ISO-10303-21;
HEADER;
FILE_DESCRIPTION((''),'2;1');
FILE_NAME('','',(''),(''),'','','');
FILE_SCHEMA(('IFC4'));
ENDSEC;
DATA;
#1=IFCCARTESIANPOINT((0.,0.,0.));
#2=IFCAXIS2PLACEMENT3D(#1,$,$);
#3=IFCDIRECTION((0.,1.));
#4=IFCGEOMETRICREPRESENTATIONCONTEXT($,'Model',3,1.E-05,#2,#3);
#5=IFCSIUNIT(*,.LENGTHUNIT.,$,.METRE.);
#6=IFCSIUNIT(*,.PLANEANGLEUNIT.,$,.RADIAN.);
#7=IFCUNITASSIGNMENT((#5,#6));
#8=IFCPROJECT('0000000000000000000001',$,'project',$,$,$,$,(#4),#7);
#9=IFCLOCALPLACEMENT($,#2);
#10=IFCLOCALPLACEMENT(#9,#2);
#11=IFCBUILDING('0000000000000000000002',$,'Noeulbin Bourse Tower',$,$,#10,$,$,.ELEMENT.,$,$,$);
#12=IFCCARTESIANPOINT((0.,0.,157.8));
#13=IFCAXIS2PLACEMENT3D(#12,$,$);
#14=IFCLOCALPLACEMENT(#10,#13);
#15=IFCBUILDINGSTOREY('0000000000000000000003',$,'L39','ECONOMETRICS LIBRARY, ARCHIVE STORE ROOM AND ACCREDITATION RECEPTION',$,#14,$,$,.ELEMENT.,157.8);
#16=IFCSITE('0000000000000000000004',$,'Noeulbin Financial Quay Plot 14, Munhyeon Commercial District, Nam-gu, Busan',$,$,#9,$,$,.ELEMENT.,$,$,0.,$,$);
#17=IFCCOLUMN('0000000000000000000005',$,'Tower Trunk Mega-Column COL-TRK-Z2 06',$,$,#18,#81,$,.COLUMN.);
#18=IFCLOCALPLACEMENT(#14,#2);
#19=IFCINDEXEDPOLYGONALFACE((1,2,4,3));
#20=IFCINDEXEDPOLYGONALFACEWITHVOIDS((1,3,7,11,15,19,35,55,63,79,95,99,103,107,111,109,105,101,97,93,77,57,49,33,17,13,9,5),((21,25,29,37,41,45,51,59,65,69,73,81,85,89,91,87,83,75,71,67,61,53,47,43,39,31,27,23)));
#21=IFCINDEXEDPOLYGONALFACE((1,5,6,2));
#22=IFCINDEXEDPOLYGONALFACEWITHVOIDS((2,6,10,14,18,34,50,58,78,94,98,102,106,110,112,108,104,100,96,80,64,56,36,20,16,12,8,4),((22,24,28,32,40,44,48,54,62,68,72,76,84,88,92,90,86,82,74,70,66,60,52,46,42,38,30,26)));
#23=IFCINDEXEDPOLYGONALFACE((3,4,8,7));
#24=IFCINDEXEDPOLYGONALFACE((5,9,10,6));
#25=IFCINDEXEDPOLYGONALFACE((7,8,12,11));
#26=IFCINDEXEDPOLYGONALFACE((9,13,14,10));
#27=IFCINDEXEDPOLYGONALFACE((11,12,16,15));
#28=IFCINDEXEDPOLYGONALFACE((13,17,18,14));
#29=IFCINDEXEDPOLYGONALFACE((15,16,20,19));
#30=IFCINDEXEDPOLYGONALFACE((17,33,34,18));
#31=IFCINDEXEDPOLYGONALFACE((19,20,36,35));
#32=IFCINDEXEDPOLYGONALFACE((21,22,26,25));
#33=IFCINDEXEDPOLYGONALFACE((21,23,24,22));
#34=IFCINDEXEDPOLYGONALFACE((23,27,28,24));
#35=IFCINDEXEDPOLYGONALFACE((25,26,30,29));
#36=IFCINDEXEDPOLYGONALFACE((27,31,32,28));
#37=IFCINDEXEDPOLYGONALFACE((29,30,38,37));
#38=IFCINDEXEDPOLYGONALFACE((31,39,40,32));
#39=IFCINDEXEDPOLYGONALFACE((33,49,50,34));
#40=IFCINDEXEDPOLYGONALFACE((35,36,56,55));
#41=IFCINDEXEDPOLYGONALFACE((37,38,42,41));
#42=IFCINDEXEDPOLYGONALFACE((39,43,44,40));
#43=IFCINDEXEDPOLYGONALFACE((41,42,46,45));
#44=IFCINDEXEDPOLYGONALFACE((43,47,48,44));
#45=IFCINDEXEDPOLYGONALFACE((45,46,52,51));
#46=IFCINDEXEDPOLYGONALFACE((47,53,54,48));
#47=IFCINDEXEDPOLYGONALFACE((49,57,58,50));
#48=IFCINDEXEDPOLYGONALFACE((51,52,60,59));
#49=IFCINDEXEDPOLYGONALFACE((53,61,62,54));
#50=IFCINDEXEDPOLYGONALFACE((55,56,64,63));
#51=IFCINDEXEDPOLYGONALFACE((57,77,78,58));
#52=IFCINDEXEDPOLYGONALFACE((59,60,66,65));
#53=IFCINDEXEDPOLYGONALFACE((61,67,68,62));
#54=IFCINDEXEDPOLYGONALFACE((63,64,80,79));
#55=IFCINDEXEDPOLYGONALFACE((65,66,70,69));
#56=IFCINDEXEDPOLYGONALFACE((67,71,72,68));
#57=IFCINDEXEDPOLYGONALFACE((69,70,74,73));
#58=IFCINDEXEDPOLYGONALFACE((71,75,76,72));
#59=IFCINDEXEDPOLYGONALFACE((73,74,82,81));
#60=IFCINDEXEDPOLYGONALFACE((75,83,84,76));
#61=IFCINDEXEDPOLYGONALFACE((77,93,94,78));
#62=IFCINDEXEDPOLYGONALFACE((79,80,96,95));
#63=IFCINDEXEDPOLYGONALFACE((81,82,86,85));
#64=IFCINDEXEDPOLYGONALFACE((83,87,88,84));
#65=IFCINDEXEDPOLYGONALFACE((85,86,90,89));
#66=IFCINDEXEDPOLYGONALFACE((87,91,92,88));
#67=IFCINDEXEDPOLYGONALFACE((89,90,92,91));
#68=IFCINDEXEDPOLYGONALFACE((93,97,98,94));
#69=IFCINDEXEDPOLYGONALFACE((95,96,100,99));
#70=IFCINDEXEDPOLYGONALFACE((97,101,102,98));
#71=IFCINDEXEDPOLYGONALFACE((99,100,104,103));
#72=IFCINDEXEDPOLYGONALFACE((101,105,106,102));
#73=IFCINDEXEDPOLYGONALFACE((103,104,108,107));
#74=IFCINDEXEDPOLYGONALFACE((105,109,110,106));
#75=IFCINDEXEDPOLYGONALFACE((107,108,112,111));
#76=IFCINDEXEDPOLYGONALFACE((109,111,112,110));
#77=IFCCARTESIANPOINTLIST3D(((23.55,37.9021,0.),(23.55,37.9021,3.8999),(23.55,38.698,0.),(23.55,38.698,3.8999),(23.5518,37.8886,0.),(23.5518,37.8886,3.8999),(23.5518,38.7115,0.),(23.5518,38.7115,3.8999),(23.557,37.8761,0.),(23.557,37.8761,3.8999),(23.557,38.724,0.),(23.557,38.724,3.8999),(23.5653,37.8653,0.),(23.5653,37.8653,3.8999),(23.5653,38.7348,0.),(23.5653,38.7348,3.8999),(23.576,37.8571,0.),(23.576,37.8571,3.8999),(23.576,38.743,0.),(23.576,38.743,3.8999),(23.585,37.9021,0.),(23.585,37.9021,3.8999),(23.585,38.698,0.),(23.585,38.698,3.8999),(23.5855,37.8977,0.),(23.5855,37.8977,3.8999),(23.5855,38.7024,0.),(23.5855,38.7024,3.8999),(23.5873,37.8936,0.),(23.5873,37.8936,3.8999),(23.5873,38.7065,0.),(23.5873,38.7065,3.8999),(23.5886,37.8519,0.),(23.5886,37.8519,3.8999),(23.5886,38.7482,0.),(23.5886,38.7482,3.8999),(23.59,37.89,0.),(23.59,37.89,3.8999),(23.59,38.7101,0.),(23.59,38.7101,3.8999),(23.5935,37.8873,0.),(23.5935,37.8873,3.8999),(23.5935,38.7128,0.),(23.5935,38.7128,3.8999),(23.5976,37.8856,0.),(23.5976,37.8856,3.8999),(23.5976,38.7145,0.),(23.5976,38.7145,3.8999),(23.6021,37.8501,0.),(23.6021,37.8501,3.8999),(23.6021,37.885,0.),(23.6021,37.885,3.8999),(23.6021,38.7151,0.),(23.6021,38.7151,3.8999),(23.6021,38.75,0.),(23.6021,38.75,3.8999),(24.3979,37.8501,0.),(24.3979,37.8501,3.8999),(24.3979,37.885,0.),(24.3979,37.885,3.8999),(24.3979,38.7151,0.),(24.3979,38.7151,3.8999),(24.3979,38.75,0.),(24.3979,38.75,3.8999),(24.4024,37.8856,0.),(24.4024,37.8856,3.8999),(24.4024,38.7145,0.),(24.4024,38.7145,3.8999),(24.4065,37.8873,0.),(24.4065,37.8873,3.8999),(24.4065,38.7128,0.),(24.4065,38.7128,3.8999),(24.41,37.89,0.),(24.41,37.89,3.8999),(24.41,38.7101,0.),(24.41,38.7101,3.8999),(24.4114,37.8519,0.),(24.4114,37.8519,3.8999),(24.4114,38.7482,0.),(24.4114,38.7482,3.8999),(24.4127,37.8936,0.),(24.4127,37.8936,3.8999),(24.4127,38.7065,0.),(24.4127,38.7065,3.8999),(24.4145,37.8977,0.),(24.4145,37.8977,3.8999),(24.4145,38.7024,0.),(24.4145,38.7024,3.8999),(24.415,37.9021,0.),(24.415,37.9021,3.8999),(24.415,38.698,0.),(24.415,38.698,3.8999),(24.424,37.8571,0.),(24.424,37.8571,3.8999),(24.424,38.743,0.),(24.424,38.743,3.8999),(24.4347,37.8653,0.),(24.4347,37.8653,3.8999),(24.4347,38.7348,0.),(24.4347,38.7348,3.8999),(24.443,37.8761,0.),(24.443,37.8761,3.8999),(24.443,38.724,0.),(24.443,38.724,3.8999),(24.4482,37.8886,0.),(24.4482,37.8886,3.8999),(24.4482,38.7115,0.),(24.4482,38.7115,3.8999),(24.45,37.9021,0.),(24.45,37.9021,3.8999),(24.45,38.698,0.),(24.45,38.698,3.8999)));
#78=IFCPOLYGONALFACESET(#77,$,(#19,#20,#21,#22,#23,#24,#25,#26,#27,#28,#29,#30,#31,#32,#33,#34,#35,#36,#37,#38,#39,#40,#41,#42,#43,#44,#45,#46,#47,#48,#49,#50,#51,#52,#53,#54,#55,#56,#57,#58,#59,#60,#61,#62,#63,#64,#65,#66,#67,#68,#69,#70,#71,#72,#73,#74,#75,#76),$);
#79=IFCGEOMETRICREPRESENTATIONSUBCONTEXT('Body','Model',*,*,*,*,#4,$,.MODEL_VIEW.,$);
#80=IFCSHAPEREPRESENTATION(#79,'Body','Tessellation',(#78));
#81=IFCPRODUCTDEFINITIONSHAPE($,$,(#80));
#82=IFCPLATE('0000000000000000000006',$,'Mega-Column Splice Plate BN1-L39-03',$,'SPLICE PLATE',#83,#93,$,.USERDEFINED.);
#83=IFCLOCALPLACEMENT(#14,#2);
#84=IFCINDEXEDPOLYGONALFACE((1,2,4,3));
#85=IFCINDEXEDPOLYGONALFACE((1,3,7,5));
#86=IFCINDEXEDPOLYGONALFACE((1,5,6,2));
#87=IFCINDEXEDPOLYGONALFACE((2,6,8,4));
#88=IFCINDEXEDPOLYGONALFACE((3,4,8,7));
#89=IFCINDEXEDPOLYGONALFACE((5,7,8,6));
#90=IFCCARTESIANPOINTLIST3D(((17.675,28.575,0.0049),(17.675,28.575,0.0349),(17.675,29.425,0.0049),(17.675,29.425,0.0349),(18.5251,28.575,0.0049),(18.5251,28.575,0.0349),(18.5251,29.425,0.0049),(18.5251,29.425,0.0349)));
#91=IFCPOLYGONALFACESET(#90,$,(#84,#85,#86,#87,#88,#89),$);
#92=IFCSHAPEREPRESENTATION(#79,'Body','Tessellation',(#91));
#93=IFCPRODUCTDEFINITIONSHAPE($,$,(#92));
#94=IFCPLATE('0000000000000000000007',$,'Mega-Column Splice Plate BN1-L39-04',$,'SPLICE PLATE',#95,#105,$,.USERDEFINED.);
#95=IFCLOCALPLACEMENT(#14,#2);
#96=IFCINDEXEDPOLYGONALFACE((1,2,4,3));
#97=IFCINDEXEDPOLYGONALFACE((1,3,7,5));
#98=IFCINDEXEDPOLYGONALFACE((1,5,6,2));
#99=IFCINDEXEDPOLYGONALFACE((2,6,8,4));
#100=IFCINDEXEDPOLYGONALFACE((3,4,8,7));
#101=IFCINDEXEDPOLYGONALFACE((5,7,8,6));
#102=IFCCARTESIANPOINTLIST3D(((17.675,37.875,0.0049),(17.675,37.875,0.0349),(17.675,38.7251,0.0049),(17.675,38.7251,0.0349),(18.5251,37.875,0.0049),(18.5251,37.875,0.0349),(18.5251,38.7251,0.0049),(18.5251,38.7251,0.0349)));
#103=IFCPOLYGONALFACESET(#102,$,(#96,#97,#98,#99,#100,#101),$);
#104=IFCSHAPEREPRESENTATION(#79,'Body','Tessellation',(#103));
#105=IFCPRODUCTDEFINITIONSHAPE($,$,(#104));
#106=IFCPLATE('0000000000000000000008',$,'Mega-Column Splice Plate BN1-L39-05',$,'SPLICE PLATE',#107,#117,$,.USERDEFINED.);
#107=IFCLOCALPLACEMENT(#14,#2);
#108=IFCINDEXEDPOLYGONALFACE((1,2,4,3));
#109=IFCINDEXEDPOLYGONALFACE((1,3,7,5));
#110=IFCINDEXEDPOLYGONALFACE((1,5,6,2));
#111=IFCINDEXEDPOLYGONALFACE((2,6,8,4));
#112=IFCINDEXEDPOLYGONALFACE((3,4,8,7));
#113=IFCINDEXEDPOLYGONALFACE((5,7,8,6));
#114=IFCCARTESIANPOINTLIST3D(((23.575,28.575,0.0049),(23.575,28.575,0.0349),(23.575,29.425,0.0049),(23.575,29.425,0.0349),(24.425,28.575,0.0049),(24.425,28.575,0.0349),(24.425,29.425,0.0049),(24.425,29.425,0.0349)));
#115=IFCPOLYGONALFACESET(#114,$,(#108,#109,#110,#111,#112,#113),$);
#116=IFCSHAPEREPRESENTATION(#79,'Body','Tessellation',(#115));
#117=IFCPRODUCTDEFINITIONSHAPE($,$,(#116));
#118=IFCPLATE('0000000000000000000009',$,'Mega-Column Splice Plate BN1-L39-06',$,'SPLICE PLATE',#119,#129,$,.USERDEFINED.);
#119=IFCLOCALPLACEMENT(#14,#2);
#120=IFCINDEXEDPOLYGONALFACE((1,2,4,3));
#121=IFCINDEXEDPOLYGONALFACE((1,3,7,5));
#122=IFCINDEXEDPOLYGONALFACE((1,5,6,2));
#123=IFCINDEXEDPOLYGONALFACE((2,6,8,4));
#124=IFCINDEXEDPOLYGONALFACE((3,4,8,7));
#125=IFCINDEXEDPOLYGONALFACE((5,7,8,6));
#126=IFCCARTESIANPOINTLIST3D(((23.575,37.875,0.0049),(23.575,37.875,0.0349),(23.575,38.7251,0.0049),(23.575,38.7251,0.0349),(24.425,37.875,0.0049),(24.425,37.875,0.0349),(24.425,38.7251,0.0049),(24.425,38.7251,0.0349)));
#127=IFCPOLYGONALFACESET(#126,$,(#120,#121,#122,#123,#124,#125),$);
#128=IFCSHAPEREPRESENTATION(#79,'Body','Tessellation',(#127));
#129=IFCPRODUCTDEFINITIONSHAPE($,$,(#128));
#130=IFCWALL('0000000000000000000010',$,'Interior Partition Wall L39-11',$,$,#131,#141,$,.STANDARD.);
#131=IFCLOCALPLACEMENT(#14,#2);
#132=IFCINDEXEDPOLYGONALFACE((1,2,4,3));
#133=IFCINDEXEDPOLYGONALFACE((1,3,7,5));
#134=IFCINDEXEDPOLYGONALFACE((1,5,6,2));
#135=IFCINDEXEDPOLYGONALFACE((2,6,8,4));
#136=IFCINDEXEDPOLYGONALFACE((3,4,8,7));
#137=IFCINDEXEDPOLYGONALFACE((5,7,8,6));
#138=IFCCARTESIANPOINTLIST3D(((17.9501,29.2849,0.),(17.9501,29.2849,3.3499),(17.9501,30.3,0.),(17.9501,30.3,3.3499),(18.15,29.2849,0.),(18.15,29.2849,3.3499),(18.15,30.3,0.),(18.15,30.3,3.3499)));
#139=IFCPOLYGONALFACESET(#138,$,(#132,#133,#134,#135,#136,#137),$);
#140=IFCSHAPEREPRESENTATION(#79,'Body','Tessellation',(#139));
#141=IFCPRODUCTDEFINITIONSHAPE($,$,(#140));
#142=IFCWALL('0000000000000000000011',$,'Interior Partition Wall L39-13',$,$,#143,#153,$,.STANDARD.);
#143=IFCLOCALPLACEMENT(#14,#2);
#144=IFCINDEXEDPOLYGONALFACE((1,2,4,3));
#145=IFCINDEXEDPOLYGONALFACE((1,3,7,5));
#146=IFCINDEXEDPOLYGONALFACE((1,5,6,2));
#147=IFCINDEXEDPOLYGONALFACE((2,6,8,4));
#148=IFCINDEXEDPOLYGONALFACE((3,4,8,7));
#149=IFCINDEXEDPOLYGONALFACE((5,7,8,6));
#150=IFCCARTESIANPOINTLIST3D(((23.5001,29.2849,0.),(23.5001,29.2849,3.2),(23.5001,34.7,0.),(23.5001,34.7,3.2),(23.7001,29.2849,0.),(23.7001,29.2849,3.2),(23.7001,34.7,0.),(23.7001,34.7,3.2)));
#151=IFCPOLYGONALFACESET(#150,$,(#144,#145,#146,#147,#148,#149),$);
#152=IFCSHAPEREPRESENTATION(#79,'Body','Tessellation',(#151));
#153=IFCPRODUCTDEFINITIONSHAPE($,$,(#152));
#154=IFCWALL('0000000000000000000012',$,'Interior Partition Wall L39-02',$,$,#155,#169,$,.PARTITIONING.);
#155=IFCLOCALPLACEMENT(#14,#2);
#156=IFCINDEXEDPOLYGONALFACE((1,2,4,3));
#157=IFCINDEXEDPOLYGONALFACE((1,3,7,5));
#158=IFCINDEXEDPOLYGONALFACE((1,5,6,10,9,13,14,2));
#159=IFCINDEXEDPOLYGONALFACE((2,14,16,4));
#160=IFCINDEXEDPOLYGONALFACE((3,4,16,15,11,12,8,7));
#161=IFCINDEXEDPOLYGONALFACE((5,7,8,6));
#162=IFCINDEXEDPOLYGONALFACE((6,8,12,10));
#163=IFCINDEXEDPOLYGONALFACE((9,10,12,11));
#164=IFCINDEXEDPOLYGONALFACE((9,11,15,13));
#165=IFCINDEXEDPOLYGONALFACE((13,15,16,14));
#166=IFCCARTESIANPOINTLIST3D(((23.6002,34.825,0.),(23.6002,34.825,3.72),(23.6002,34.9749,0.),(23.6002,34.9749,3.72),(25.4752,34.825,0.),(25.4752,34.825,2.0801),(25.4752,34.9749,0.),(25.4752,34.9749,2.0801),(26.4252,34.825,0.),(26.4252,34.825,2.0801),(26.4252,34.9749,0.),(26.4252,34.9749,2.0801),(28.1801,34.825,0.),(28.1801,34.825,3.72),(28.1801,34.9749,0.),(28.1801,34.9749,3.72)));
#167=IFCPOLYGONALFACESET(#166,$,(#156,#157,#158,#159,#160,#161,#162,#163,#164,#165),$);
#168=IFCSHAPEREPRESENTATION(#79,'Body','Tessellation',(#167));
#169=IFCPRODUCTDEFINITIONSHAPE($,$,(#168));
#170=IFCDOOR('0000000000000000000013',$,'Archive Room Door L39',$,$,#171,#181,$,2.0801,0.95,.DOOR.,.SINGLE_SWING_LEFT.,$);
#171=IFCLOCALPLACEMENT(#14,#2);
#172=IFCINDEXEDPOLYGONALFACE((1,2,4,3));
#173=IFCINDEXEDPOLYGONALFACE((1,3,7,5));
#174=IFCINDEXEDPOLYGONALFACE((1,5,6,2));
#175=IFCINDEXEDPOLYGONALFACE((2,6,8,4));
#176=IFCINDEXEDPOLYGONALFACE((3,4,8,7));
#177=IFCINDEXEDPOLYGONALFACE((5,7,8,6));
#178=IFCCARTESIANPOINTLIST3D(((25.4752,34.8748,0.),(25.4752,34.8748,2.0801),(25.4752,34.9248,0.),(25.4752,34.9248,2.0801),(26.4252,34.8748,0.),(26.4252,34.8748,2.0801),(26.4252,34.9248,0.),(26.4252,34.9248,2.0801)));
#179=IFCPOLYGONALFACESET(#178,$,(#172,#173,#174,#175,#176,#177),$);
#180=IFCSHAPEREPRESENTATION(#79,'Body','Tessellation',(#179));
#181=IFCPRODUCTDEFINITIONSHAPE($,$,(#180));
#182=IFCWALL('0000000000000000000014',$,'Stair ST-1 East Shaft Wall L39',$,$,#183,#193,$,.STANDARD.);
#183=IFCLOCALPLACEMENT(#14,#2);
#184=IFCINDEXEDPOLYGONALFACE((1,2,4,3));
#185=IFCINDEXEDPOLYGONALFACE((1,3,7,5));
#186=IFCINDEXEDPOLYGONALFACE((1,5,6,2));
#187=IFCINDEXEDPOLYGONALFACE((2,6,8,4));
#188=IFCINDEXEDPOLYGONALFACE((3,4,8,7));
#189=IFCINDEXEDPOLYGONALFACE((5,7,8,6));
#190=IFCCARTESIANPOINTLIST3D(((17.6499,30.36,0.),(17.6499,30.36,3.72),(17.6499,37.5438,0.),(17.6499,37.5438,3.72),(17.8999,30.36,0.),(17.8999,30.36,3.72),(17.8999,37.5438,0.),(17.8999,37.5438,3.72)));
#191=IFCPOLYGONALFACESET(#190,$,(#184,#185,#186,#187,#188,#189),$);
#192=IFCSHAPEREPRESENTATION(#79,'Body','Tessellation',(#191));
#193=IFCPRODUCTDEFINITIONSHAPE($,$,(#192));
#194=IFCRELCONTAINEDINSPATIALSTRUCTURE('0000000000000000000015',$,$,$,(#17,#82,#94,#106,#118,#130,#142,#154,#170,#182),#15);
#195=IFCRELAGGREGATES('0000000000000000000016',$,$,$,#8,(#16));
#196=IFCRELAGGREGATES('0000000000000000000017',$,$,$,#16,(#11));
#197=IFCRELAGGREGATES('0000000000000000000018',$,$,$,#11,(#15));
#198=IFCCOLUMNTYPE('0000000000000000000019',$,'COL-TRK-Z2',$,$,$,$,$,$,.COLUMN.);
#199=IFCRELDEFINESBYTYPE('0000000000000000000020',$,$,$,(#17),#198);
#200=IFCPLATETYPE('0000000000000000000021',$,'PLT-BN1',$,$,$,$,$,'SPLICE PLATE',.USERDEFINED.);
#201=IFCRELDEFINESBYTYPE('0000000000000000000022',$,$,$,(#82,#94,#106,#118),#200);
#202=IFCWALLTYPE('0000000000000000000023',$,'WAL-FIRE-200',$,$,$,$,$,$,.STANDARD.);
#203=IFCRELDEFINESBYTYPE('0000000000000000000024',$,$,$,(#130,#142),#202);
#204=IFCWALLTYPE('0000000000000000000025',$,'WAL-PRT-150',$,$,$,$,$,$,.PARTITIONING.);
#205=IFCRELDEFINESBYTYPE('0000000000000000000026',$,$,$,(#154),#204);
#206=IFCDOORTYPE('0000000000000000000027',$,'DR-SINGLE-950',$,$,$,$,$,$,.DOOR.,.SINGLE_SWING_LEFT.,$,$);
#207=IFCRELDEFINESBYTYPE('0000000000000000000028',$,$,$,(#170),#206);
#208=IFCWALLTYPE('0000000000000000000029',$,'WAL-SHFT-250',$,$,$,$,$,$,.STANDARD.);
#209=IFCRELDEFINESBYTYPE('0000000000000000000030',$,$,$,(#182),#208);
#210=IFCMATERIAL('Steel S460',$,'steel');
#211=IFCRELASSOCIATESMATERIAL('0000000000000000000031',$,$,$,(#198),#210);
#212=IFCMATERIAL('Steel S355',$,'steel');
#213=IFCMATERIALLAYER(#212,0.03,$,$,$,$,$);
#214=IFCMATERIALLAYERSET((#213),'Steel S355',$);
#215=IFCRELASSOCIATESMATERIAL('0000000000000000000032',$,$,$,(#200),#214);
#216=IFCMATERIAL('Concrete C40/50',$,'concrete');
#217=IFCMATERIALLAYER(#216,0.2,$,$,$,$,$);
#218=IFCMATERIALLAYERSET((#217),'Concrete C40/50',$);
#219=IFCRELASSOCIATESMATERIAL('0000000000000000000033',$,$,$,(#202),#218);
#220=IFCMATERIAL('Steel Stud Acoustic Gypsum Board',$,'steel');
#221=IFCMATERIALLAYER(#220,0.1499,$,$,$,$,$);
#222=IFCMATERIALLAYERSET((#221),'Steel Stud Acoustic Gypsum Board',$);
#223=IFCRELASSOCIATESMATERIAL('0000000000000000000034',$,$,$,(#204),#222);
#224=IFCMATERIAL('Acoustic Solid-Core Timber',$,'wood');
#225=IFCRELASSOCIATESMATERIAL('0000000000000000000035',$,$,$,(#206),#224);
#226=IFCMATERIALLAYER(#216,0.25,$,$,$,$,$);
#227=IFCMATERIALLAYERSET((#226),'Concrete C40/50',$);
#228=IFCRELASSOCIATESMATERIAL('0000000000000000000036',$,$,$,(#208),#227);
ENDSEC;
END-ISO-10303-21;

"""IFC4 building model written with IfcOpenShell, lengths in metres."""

from ifc_helpers import new_model, si_unit, direction, frame, frame_2d, origin, origin_2d, place, context, subcontext, project, spatial, rectangle, hollow_rectangle, extrude, material, layer, layer_set, material_profile, profile_set, type_object, element, fill, save


model = new_model("IFC4")

# Units and contexts
model_context = context("Model", 3, precision=1e-05, world=origin(), true_north=direction((0.0, 1.0)))
body_context = subcontext(model_context, "Body", "Model", "MODEL_VIEW")
ifc_project = project(units=[si_unit("LENGTHUNIT", "METRE"), si_unit("PLANEANGLEUNIT", "RADIAN")], contexts=[model_context])

# Site, building, storey
site_placement = place(None, origin())
site = spatial("IfcSite", under=ifc_project, at=site_placement, Name="Noeulbin Financial Quay Plot 14, Munhyeon Commercial District, Nam-gu, Busan", CompositionType="ELEMENT", RefElevation=0.0)
building_placement = place(site_placement, origin())
building = spatial("IfcBuilding", under=site, at=building_placement, Name="Noeulbin Bourse Tower", CompositionType="ELEMENT")
storey_placement = place(building_placement, frame((0.0, 0.0, 157.8)))
storey = spatial("IfcBuildingStorey", under=building, at=storey_placement, Name="L39", Description="ECONOMETRICS LIBRARY, ARCHIVE STORE ROOM AND ACCREDITATION RECEPTION", CompositionType="ELEMENT", Elevation=157.8)

# Column
ifc_material_1 = material(Name="Steel S460", Category="steel")
ifc_material_profile = material_profile(ifc_material_1, hollow_rectangle(XDim=0.8999, YDim=0.8999, WallThickness=0.0349, InnerFilletRadius=0.0171, OuterFilletRadius=0.052, at=origin_2d()), Name="BOX-900x900x35", Category="LoadBearing")
ifc_profile_set = profile_set([ifc_material_profile], Name="Steel S460")
column_type = type_object("IfcColumnType", Name="COL-TRK-Z2", PredefinedType="COLUMN", material=ifc_profile_set)
for number, where, z_axis, x_axis, name in (
    (1, (24.0, 38.3, 0.0), (0.0, 0.0, 1.0), (1.0, 0.0, 0.0), "Tower Trunk Mega-Column COL-TRK-Z2 06"),
):
    element("IfcColumn", number, at=place(storey_placement, frame(where, z_axis=z_axis, x_axis=x_axis)), inside=storey, type_object=column_type, Name=name, PredefinedType="COLUMN", context=body_context, shape_type="SweptSolid", body=[
        extrude(hollow_rectangle(XDim=0.8999, YDim=0.8999, WallThickness=0.0349, InnerFilletRadius=0.0171, OuterFilletRadius=0.052, at=origin_2d()), origin(), (0.0, 0.0, 1.0), 3.8999),
    ])

# Plates
ifc_material_2 = material(Name="Steel S355", Category="steel")
ifc_layer_1 = layer(ifc_material_2, 0.03)
ifc_layer_set_1 = layer_set([ifc_layer_1], Name="Steel S355")
plate_type = type_object("IfcPlateType", Name="PLT-BN1", ElementType="SPLICE PLATE", PredefinedType="USERDEFINED", material=ifc_layer_set_1)
for number, where, z_axis, x_axis, name in (
    (2, (18.1001, 29.0, 0.0049), (0.0, 0.0, 1.0), (1.0, 0.0, 0.0), "Mega-Column Splice Plate BN1-L39-03"),
    (3, (18.1001, 38.3, 0.0049), (0.0, 0.0, 1.0), (1.0, 0.0, 0.0), "Mega-Column Splice Plate BN1-L39-04"),
    (4, (24.0, 29.0, 0.0049), (0.0, 0.0, 1.0), (1.0, 0.0, 0.0), "Mega-Column Splice Plate BN1-L39-05"),
    (5, (24.0, 38.3, 0.0049), (0.0, 0.0, 1.0), (1.0, 0.0, 0.0), "Mega-Column Splice Plate BN1-L39-06"),
):
    element("IfcPlate", number, at=place(storey_placement, frame(where, z_axis=z_axis, x_axis=x_axis)), inside=storey, type_object=plate_type, Name=name, ObjectType="SPLICE PLATE", PredefinedType="USERDEFINED", context=body_context, shape_type="SweptSolid", body=[
        extrude(rectangle(XDim=0.8501, YDim=0.8501, at=origin_2d()), origin(), (0.0, 0.0, 1.0), 0.03),
    ])

# Walls
ifc_material_3 = material(Name="Concrete C40/50", Category="concrete")
ifc_layer_2 = layer(ifc_material_3, 0.2)
ifc_layer_set_2 = layer_set([ifc_layer_2], Name="Concrete C40/50")
wall_type_1 = type_object("IfcWallType", Name="WAL-FIRE-200", PredefinedType="STANDARD", material=ifc_layer_set_2)
wall_1_placement = place(storey_placement, frame((18.05, 29.2849, 0.0), z_axis=(0.0, 0.0, 1.0), x_axis=(0.0, 1.0, 0.0)))
element("IfcWall", 6, at=wall_1_placement, inside=storey, type_object=wall_type_1, Name="Interior Partition Wall L39-11", PredefinedType="STANDARD", context=body_context, shape_type="SweptSolid", body=[
    extrude(rectangle(XDim=1.0151, YDim=0.2, at=frame_2d((0.5076, 0.0))), origin(), (0.0, 0.0, 1.0), 3.3499),
])
wall_2_placement = place(storey_placement, frame((23.6001, 29.2849, 0.0), z_axis=(0.0, 0.0, 1.0), x_axis=(0.0, 1.0, 0.0)))
element("IfcWall", 7, at=wall_2_placement, inside=storey, type_object=wall_type_1, Name="Interior Partition Wall L39-13", PredefinedType="STANDARD", context=body_context, shape_type="SweptSolid", body=[
    extrude(rectangle(XDim=5.415, YDim=0.2, at=frame_2d((2.7075, 0.0))), origin(), (0.0, 0.0, 1.0), 3.2),
])

# Wall, opening, door
ifc_material_4 = material(Name="Steel Stud Acoustic Gypsum Board", Category="steel")
ifc_layer_3 = layer(ifc_material_4, 0.1499)
ifc_layer_set_3 = layer_set([ifc_layer_3], Name="Steel Stud Acoustic Gypsum Board")
wall_type_2 = type_object("IfcWallType", Name="WAL-PRT-150", PredefinedType="PARTITIONING", material=ifc_layer_set_3)
wall_3_placement = place(storey_placement, frame((23.6001, 34.8999, 0.0), z_axis=(0.0, 0.0, 1.0), x_axis=(1.0, 0.0, 0.0)))
wall_3 = element("IfcWall", 8, at=wall_3_placement, inside=storey, type_object=wall_type_2, Name="Interior Partition Wall L39-02", PredefinedType="PARTITIONING", context=body_context, shape_type="SweptSolid", body=[
    extrude(rectangle(XDim=4.5798, YDim=0.1499, at=frame_2d((2.29, 0.0))), origin(), (0.0, 0.0, 1.0), 3.72),
])
opening_1_placement = place(wall_3_placement, frame((1.875, 0.0, 0.0)))
opening_1 = element("IfcOpeningElement", 9, at=opening_1_placement, cuts=wall_3, PredefinedType="OPENING", context=body_context, shape_type="SweptSolid", body=[
    extrude(rectangle(XDim=0.95, YDim=2.0801, at=frame_2d((0.4751, 1.04))), frame((0.0, 0.085, 0.0), z_axis=(0.0, -1.0, 0.0), x_axis=(1.0, 0.0, 0.0)), (0.0, 0.0, 1.0), 0.1699),
])
ifc_material_5 = material(Name="Acoustic Solid-Core Timber", Category="wood")
door_type_1 = type_object("IfcDoorType", Name="DR-SINGLE-950", OperationType="SINGLE_SWING_LEFT", PredefinedType="DOOR", material=ifc_material_5)
door_1_placement = place(opening_1_placement, origin())
door_1 = element("IfcDoor", 10, at=door_1_placement, inside=storey, type_object=door_type_1, Name="Archive Room Door L39", OperationType="SINGLE_SWING_LEFT", OverallHeight=2.0801, OverallWidth=0.95, PredefinedType="DOOR", context=body_context, shape_type="SweptSolid", body=[
    extrude(rectangle(XDim=0.95, YDim=2.0801, at=frame_2d((0.4751, 1.04))), frame((0.0, 0.0249, 0.0), z_axis=(0.0, -1.0, 0.0), x_axis=(1.0, 0.0, 0.0)), (0.0, 0.0, 1.0), 0.05),
])
fill(opening_1, door_1)

# Wall
ifc_layer_4 = layer(ifc_material_3, 0.25)
ifc_layer_set_4 = layer_set([ifc_layer_4], Name="Concrete C40/50")
wall_type_3 = type_object("IfcWallType", Name="WAL-SHFT-250", PredefinedType="STANDARD", material=ifc_layer_set_4)
wall_4_placement = place(storey_placement, frame((17.7749, 30.3601, 0.0), z_axis=(0.0, 0.0, 1.0), x_axis=(0.0, 1.0, 0.0)))
element("IfcWall", 11, at=wall_4_placement, inside=storey, type_object=wall_type_3, Name="Stair ST-1 East Shaft Wall L39", PredefinedType="STANDARD", context=body_context, shape_type="SweptSolid", body=[
    extrude(rectangle(XDim=7.1838, YDim=0.25, at=frame_2d((3.5918, 0.0))), origin(), (0.0, 0.0, 1.0), 3.72),
])

save(model, "model.ifc")
